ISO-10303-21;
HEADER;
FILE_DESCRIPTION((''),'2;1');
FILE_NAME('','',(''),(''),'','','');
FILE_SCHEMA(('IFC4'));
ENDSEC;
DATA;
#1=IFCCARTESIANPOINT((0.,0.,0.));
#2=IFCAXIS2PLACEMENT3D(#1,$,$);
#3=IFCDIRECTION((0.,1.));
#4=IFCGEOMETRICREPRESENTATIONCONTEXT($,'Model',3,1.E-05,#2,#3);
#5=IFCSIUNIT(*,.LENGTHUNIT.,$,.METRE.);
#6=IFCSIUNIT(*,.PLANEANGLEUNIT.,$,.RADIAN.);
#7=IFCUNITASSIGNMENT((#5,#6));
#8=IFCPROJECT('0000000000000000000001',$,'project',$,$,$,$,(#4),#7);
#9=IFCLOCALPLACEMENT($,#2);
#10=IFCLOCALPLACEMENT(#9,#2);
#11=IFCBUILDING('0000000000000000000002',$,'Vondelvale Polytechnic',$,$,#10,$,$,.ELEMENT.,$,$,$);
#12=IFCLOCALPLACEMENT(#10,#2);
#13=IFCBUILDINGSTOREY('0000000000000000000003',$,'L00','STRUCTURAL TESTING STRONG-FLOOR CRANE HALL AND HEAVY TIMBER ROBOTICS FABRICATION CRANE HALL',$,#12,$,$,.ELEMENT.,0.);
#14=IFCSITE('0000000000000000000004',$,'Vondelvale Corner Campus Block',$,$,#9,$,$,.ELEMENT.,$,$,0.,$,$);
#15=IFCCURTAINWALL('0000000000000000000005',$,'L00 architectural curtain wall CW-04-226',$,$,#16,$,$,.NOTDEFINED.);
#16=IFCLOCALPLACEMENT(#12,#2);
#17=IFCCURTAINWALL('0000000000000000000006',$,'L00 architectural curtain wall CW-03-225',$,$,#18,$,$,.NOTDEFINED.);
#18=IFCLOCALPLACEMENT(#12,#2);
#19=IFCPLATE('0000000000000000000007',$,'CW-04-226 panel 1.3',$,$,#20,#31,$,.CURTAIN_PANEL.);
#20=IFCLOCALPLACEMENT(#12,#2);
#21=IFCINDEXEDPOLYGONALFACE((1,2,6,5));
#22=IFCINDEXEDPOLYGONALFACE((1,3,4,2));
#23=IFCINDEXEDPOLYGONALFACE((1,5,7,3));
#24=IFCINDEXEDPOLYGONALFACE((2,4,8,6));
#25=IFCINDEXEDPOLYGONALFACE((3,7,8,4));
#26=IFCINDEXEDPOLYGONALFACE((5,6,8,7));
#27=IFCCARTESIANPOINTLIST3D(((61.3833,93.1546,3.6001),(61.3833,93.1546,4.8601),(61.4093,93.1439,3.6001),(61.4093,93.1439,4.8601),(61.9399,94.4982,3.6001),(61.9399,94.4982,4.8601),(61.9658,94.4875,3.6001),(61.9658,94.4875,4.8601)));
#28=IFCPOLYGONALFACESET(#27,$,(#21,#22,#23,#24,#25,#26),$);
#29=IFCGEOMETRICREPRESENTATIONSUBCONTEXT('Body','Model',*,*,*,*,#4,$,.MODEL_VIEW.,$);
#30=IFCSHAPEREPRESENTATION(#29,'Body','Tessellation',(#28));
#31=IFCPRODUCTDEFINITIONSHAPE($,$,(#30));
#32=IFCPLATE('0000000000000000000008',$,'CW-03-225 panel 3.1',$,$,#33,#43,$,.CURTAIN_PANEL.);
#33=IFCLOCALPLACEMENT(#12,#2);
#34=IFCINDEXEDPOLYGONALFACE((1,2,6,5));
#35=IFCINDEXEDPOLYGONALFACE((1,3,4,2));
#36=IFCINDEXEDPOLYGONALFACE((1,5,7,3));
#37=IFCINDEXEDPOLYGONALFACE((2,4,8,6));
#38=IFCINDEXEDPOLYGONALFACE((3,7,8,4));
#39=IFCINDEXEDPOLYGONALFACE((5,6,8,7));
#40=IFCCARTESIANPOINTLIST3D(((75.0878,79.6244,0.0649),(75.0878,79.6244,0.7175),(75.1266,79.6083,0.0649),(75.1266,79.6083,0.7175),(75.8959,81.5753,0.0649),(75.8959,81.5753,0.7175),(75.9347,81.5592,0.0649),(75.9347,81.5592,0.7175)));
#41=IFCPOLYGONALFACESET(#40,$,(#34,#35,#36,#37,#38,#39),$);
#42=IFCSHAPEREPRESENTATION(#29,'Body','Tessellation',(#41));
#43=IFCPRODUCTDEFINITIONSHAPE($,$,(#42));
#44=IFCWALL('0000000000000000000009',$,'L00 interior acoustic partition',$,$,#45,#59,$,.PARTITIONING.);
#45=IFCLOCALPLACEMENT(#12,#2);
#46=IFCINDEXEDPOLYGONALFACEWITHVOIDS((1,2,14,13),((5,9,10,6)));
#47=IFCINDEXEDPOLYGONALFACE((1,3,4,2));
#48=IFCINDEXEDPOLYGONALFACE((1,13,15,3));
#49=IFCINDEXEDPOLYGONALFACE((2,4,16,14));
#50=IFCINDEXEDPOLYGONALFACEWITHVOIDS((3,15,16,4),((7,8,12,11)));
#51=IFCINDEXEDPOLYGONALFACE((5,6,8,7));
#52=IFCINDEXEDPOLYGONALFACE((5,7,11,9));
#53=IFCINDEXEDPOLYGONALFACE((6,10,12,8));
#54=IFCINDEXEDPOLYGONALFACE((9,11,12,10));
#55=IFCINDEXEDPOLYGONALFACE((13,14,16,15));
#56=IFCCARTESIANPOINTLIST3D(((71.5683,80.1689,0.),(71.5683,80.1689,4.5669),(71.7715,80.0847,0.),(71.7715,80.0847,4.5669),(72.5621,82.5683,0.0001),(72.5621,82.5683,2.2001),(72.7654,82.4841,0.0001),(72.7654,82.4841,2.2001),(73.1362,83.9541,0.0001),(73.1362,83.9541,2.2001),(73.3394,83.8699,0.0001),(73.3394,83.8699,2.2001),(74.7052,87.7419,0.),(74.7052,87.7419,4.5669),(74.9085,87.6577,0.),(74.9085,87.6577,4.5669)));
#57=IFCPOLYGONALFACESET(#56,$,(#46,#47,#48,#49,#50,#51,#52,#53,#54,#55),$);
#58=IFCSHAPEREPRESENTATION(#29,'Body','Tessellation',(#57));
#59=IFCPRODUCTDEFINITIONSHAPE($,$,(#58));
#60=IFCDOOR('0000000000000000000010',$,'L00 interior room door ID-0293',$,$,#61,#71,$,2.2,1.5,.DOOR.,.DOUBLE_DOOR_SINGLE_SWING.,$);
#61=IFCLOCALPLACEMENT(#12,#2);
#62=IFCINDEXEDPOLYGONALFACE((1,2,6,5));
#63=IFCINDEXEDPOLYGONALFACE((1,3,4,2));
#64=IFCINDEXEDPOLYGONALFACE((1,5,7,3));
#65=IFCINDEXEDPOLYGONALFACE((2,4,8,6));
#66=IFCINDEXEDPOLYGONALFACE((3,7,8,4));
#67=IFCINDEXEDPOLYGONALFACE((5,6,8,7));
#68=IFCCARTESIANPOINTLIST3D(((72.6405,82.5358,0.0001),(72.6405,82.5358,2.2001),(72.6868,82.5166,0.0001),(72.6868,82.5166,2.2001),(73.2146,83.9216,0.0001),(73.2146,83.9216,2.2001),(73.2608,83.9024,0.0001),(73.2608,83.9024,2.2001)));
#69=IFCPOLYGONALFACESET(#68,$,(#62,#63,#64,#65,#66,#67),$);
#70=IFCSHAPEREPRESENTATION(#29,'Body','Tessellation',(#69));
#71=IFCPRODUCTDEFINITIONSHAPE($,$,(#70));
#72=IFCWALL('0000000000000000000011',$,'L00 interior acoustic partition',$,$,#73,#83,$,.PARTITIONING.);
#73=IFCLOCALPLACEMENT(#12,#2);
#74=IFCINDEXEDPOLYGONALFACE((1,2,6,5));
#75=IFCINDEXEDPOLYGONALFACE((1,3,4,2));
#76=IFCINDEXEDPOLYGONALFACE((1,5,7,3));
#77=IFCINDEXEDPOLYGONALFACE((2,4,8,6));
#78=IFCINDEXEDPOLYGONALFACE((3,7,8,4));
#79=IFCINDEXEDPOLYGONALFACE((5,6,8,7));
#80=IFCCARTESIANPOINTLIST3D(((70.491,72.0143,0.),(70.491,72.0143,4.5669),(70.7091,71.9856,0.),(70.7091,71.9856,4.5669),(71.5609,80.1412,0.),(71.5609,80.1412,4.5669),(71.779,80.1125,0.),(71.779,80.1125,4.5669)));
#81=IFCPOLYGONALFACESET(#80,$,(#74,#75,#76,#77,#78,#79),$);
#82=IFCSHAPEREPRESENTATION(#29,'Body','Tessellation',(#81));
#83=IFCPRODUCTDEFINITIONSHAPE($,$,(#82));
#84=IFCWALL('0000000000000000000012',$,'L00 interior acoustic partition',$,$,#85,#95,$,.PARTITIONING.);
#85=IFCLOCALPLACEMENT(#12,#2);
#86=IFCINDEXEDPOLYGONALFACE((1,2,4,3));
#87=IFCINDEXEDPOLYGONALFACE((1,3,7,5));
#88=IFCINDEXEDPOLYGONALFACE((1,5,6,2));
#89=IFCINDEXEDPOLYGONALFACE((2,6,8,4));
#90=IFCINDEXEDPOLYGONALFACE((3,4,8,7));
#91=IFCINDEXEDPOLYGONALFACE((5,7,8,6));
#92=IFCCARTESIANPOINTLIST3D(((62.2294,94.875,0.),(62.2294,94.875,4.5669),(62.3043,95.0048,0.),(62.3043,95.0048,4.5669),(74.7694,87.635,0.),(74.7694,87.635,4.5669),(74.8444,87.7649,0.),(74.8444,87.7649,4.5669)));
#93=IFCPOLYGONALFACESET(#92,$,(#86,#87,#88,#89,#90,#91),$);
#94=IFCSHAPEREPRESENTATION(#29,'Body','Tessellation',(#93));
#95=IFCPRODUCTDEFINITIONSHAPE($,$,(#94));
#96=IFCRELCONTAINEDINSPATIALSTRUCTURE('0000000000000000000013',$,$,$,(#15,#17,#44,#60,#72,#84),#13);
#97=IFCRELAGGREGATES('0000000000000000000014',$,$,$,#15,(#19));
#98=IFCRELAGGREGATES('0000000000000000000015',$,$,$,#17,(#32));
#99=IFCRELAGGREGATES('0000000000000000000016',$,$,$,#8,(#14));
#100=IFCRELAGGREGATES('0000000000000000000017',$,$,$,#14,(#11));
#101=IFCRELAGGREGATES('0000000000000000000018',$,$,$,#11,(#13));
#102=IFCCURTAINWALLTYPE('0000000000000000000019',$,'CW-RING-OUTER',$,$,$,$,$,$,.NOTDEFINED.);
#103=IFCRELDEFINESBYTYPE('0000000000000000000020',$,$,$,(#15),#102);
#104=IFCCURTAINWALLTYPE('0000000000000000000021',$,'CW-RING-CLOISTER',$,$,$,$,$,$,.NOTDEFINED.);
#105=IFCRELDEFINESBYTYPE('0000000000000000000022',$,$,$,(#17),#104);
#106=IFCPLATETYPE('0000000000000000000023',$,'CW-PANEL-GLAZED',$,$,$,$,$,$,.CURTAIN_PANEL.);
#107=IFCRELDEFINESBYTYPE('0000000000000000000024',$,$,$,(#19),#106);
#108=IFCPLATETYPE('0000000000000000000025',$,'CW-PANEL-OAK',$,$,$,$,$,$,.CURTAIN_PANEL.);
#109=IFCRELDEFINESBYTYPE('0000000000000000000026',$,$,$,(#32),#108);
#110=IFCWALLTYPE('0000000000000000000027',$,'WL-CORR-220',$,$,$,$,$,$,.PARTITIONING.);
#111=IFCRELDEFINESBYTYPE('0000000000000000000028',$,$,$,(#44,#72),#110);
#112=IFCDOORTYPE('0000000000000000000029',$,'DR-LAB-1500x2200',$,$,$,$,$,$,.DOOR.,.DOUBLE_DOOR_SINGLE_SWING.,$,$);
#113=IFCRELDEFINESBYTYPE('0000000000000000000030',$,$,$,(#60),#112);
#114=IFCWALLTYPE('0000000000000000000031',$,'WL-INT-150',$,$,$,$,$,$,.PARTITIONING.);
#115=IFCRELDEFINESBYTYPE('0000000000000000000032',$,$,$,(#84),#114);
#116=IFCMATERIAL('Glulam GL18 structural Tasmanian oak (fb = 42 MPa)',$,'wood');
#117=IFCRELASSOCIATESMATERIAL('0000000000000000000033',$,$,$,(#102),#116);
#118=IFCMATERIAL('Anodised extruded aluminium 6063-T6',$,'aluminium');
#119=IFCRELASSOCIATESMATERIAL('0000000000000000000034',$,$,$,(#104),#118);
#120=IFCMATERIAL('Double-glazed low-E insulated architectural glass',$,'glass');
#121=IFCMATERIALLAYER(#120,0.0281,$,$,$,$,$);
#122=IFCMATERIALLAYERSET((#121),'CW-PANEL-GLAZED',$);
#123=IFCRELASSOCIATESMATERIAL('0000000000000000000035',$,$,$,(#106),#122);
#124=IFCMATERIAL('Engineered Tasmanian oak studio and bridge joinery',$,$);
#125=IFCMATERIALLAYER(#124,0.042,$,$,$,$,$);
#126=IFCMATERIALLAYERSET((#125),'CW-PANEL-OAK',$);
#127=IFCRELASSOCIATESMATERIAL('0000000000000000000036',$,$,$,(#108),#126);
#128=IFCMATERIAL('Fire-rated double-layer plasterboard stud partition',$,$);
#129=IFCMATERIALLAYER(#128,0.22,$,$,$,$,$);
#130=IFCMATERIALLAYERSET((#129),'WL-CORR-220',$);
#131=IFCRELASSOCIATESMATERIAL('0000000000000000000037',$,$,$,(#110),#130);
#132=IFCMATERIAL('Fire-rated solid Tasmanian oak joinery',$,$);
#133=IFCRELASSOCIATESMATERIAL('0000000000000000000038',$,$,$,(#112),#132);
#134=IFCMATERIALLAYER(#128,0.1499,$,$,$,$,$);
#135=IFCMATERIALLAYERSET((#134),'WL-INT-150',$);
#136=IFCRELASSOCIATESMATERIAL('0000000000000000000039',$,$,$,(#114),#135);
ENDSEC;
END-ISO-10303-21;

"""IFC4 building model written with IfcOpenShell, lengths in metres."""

from ifc_helpers import new_model, si_unit, direction, frame, frame_2d, origin, origin_2d, place, context, subcontext, project, spatial, rectangle, extrude, material, layer, layer_set, type_object, element, fill, aggregate, save


model = new_model("IFC4")

# Units and contexts
model_context = context("Model", 3, precision=1e-05, world=origin(), true_north=direction((0.0, 1.0)))
body_context = subcontext(model_context, "Body", "Model", "MODEL_VIEW")
ifc_project = project(units=[si_unit("LENGTHUNIT", "METRE"), si_unit("PLANEANGLEUNIT", "RADIAN")], contexts=[model_context])

# Site, building, storey
site_placement = place(None, origin())
site = spatial("IfcSite", under=ifc_project, at=site_placement, Name="Vondelvale Corner Campus Block", CompositionType="ELEMENT", RefElevation=0.0)
building_placement = place(site_placement, origin())
building = spatial("IfcBuilding", under=site, at=building_placement, Name="Vondelvale Polytechnic", CompositionType="ELEMENT")
storey_placement = place(building_placement, origin())
storey = spatial("IfcBuildingStorey", under=building, at=storey_placement, Name="L00", Description="STRUCTURAL TESTING STRONG-FLOOR CRANE HALL AND HEAVY TIMBER ROBOTICS FABRICATION CRANE HALL", CompositionType="ELEMENT", Elevation=0.0)

# Curtain wall
ifc_material_1 = material(Name="Glulam GL18 structural Tasmanian oak (fb = 42 MPa)", Category="wood")
curtain_wall_type_1 = type_object("IfcCurtainWallType", Name="CW-RING-OUTER", PredefinedType="NOTDEFINED", material=ifc_material_1)
curtain_wall_1_placement = place(storey_placement, origin())
curtain_wall_1 = element("IfcCurtainWall", 1, at=curtain_wall_1_placement, inside=storey, type_object=curtain_wall_type_1, Name="L00 architectural curtain wall CW-04-226", PredefinedType="NOTDEFINED")
ifc_material_2 = material(Name="Anodised extruded aluminium 6063-T6", Category="aluminium")

# Curtain wall
curtain_wall_type_2 = type_object("IfcCurtainWallType", Name="CW-RING-CLOISTER", PredefinedType="NOTDEFINED", material=ifc_material_2)
curtain_wall_2_placement = place(storey_placement, origin())
curtain_wall_2 = element("IfcCurtainWall", 2, at=curtain_wall_2_placement, inside=storey, type_object=curtain_wall_type_2, Name="L00 architectural curtain wall CW-03-225", PredefinedType="NOTDEFINED")

# Plates
ifc_material_3 = material(Name="Double-glazed low-E insulated architectural glass", Category="glass")
ifc_layer_1 = layer(ifc_material_3, 0.0281)
ifc_layer_set_1 = layer_set([ifc_layer_1], Name="CW-PANEL-GLAZED")
plate_type_1 = type_object("IfcPlateType", Name="CW-PANEL-GLAZED", PredefinedType="CURTAIN_PANEL", material=ifc_layer_set_1)
plate_1_placement = place(storey_placement, frame((61.6746, 93.821, 3.6001), z_axis=(0.0, 0.0, 1.0), x_axis=(-0.382679, -0.923881, 0.0)))
plate_1 = element("IfcPlate", 3, at=plate_1_placement, type_object=plate_type_1, Name="CW-04-226 panel 1.3", PredefinedType="CURTAIN_PANEL", context=body_context, shape_type="SweptSolid", body=[
    extrude(rectangle(XDim=1.4543, YDim=0.0281, at=origin_2d()), origin(), (0.0, 0.0, 1.0), 1.26),
])
aggregate(curtain_wall_1, [plate_1])
ifc_material_4 = material(Name="Engineered Tasmanian oak studio and bridge joinery")
ifc_layer_2 = layer(ifc_material_4, 0.042)
ifc_layer_set_2 = layer_set([ifc_layer_2], Name="CW-PANEL-OAK")
plate_type_2 = type_object("IfcPlateType", Name="CW-PANEL-OAK", PredefinedType="CURTAIN_PANEL", material=ifc_layer_set_2)
plate_2_placement = place(storey_placement, frame((75.5112, 80.5918, 0.0649), z_axis=(0.0, 0.0, 1.0), x_axis=(-0.382679, -0.923882, 0.0)))
plate_2 = element("IfcPlate", 4, at=plate_2_placement, type_object=plate_type_2, Name="CW-03-225 panel 3.1", PredefinedType="CURTAIN_PANEL", context=body_context, shape_type="SweptSolid", body=[
    extrude(rectangle(XDim=2.1116, YDim=0.042, at=origin_2d()), origin(), (0.0, 0.0, 1.0), 0.6526),
])
aggregate(curtain_wall_2, [plate_2])

# Wall, opening, door
ifc_material_5 = material(Name="Fire-rated double-layer plasterboard stud partition")
ifc_layer_3 = layer(ifc_material_5, 0.22)
ifc_layer_set_3 = layer_set([ifc_layer_3], Name="WL-CORR-220")
wall_type_1 = type_object("IfcWallType", Name="WL-CORR-220", PredefinedType="PARTITIONING", material=ifc_layer_set_3)
wall_1_placement = place(storey_placement, frame((74.8069, 87.7, 0.0), z_axis=(0.0, 0.0, 1.0), x_axis=(-0.382696, -0.923874, 0.0)))
wall_1 = element("IfcWall", 5, at=wall_1_placement, inside=storey, type_object=wall_type_1, Name="L00 interior acoustic partition", PredefinedType="PARTITIONING", context=body_context, shape_type="SweptSolid", body=[
    extrude(rectangle(XDim=8.197, YDim=0.22, at=frame_2d((4.0986, 0.0))), origin(), (0.0, 0.0, 1.0), 4.5669),
])
opening_placement = place(wall_1_placement, frame((4.1001, 0.0, 0.0)))
opening = element("IfcOpeningElement", 6, at=opening_placement, cuts=wall_1, PredefinedType="OPENING", context=body_context, shape_type="SweptSolid", body=[
    extrude(rectangle(XDim=1.5, YDim=2.2, at=frame_2d((0.75, 1.1001))), frame((0.0, 0.1199, 0.0), z_axis=(0.0, -1.0, 0.0), x_axis=(1.0, 0.0, 0.0)), (0.0, 0.0, 1.0), 0.24),
])
ifc_material_6 = material(Name="Fire-rated solid Tasmanian oak joinery")
door_type = type_object("IfcDoorType", Name="DR-LAB-1500x2200", OperationType="DOUBLE_DOOR_SINGLE_SWING", PredefinedType="DOOR", material=ifc_material_6)
door_placement = place(opening_placement, origin())
door = element("IfcDoor", 7, at=door_placement, inside=storey, type_object=door_type, Name="L00 interior room door ID-0293", OperationType="DOUBLE_DOOR_SINGLE_SWING", OverallHeight=2.2, OverallWidth=1.5, PredefinedType="DOOR", context=body_context, shape_type="SweptSolid", body=[
    extrude(rectangle(XDim=1.5, YDim=2.2, at=frame_2d((0.75, 1.1001))), frame((0.0, 0.0249, 0.0), z_axis=(0.0, -1.0, 0.0), x_axis=(1.0, 0.0, 0.0)), (0.0, 0.0, 1.0), 0.05),
])
fill(opening, door)

# Walls
wall_2_placement = place(storey_placement, frame((71.6699, 80.127, 0.0), z_axis=(0.0, 0.0, 1.0), x_axis=(-0.130513, -0.991447, 0.0)))
element("IfcWall", 8, at=wall_2_placement, inside=storey, type_object=wall_type_1, Name="L00 interior acoustic partition", PredefinedType="PARTITIONING", context=body_context, shape_type="SweptSolid", body=[
    extrude(rectangle(XDim=8.197, YDim=0.22, at=frame_2d((4.0986, 0.0))), origin(), (0.0, 0.0, 1.0), 4.5669),
])
ifc_layer_4 = layer(ifc_material_5, 0.1499)
ifc_layer_set_4 = layer_set([ifc_layer_4], Name="WL-INT-150")
wall_type_2 = type_object("IfcWallType", Name="WL-INT-150", PredefinedType="PARTITIONING", material=ifc_layer_set_4)
wall_3_placement = place(storey_placement, frame((74.8069, 87.7, 0.0), z_axis=(0.0, 0.0, 1.0), x_axis=(-0.866026, 0.5, 0.0)))
element("IfcWall", 9, at=wall_3_placement, inside=storey, type_object=wall_type_2, Name="L00 interior acoustic partition", PredefinedType="PARTITIONING", context=body_context, shape_type="SweptSolid", body=[
    extrude(rectangle(XDim=14.48, YDim=0.1499, at=frame_2d((7.24, 0.0))), origin(), (0.0, 0.0, 1.0), 4.5669),
])

save(model, "model.ifc")
